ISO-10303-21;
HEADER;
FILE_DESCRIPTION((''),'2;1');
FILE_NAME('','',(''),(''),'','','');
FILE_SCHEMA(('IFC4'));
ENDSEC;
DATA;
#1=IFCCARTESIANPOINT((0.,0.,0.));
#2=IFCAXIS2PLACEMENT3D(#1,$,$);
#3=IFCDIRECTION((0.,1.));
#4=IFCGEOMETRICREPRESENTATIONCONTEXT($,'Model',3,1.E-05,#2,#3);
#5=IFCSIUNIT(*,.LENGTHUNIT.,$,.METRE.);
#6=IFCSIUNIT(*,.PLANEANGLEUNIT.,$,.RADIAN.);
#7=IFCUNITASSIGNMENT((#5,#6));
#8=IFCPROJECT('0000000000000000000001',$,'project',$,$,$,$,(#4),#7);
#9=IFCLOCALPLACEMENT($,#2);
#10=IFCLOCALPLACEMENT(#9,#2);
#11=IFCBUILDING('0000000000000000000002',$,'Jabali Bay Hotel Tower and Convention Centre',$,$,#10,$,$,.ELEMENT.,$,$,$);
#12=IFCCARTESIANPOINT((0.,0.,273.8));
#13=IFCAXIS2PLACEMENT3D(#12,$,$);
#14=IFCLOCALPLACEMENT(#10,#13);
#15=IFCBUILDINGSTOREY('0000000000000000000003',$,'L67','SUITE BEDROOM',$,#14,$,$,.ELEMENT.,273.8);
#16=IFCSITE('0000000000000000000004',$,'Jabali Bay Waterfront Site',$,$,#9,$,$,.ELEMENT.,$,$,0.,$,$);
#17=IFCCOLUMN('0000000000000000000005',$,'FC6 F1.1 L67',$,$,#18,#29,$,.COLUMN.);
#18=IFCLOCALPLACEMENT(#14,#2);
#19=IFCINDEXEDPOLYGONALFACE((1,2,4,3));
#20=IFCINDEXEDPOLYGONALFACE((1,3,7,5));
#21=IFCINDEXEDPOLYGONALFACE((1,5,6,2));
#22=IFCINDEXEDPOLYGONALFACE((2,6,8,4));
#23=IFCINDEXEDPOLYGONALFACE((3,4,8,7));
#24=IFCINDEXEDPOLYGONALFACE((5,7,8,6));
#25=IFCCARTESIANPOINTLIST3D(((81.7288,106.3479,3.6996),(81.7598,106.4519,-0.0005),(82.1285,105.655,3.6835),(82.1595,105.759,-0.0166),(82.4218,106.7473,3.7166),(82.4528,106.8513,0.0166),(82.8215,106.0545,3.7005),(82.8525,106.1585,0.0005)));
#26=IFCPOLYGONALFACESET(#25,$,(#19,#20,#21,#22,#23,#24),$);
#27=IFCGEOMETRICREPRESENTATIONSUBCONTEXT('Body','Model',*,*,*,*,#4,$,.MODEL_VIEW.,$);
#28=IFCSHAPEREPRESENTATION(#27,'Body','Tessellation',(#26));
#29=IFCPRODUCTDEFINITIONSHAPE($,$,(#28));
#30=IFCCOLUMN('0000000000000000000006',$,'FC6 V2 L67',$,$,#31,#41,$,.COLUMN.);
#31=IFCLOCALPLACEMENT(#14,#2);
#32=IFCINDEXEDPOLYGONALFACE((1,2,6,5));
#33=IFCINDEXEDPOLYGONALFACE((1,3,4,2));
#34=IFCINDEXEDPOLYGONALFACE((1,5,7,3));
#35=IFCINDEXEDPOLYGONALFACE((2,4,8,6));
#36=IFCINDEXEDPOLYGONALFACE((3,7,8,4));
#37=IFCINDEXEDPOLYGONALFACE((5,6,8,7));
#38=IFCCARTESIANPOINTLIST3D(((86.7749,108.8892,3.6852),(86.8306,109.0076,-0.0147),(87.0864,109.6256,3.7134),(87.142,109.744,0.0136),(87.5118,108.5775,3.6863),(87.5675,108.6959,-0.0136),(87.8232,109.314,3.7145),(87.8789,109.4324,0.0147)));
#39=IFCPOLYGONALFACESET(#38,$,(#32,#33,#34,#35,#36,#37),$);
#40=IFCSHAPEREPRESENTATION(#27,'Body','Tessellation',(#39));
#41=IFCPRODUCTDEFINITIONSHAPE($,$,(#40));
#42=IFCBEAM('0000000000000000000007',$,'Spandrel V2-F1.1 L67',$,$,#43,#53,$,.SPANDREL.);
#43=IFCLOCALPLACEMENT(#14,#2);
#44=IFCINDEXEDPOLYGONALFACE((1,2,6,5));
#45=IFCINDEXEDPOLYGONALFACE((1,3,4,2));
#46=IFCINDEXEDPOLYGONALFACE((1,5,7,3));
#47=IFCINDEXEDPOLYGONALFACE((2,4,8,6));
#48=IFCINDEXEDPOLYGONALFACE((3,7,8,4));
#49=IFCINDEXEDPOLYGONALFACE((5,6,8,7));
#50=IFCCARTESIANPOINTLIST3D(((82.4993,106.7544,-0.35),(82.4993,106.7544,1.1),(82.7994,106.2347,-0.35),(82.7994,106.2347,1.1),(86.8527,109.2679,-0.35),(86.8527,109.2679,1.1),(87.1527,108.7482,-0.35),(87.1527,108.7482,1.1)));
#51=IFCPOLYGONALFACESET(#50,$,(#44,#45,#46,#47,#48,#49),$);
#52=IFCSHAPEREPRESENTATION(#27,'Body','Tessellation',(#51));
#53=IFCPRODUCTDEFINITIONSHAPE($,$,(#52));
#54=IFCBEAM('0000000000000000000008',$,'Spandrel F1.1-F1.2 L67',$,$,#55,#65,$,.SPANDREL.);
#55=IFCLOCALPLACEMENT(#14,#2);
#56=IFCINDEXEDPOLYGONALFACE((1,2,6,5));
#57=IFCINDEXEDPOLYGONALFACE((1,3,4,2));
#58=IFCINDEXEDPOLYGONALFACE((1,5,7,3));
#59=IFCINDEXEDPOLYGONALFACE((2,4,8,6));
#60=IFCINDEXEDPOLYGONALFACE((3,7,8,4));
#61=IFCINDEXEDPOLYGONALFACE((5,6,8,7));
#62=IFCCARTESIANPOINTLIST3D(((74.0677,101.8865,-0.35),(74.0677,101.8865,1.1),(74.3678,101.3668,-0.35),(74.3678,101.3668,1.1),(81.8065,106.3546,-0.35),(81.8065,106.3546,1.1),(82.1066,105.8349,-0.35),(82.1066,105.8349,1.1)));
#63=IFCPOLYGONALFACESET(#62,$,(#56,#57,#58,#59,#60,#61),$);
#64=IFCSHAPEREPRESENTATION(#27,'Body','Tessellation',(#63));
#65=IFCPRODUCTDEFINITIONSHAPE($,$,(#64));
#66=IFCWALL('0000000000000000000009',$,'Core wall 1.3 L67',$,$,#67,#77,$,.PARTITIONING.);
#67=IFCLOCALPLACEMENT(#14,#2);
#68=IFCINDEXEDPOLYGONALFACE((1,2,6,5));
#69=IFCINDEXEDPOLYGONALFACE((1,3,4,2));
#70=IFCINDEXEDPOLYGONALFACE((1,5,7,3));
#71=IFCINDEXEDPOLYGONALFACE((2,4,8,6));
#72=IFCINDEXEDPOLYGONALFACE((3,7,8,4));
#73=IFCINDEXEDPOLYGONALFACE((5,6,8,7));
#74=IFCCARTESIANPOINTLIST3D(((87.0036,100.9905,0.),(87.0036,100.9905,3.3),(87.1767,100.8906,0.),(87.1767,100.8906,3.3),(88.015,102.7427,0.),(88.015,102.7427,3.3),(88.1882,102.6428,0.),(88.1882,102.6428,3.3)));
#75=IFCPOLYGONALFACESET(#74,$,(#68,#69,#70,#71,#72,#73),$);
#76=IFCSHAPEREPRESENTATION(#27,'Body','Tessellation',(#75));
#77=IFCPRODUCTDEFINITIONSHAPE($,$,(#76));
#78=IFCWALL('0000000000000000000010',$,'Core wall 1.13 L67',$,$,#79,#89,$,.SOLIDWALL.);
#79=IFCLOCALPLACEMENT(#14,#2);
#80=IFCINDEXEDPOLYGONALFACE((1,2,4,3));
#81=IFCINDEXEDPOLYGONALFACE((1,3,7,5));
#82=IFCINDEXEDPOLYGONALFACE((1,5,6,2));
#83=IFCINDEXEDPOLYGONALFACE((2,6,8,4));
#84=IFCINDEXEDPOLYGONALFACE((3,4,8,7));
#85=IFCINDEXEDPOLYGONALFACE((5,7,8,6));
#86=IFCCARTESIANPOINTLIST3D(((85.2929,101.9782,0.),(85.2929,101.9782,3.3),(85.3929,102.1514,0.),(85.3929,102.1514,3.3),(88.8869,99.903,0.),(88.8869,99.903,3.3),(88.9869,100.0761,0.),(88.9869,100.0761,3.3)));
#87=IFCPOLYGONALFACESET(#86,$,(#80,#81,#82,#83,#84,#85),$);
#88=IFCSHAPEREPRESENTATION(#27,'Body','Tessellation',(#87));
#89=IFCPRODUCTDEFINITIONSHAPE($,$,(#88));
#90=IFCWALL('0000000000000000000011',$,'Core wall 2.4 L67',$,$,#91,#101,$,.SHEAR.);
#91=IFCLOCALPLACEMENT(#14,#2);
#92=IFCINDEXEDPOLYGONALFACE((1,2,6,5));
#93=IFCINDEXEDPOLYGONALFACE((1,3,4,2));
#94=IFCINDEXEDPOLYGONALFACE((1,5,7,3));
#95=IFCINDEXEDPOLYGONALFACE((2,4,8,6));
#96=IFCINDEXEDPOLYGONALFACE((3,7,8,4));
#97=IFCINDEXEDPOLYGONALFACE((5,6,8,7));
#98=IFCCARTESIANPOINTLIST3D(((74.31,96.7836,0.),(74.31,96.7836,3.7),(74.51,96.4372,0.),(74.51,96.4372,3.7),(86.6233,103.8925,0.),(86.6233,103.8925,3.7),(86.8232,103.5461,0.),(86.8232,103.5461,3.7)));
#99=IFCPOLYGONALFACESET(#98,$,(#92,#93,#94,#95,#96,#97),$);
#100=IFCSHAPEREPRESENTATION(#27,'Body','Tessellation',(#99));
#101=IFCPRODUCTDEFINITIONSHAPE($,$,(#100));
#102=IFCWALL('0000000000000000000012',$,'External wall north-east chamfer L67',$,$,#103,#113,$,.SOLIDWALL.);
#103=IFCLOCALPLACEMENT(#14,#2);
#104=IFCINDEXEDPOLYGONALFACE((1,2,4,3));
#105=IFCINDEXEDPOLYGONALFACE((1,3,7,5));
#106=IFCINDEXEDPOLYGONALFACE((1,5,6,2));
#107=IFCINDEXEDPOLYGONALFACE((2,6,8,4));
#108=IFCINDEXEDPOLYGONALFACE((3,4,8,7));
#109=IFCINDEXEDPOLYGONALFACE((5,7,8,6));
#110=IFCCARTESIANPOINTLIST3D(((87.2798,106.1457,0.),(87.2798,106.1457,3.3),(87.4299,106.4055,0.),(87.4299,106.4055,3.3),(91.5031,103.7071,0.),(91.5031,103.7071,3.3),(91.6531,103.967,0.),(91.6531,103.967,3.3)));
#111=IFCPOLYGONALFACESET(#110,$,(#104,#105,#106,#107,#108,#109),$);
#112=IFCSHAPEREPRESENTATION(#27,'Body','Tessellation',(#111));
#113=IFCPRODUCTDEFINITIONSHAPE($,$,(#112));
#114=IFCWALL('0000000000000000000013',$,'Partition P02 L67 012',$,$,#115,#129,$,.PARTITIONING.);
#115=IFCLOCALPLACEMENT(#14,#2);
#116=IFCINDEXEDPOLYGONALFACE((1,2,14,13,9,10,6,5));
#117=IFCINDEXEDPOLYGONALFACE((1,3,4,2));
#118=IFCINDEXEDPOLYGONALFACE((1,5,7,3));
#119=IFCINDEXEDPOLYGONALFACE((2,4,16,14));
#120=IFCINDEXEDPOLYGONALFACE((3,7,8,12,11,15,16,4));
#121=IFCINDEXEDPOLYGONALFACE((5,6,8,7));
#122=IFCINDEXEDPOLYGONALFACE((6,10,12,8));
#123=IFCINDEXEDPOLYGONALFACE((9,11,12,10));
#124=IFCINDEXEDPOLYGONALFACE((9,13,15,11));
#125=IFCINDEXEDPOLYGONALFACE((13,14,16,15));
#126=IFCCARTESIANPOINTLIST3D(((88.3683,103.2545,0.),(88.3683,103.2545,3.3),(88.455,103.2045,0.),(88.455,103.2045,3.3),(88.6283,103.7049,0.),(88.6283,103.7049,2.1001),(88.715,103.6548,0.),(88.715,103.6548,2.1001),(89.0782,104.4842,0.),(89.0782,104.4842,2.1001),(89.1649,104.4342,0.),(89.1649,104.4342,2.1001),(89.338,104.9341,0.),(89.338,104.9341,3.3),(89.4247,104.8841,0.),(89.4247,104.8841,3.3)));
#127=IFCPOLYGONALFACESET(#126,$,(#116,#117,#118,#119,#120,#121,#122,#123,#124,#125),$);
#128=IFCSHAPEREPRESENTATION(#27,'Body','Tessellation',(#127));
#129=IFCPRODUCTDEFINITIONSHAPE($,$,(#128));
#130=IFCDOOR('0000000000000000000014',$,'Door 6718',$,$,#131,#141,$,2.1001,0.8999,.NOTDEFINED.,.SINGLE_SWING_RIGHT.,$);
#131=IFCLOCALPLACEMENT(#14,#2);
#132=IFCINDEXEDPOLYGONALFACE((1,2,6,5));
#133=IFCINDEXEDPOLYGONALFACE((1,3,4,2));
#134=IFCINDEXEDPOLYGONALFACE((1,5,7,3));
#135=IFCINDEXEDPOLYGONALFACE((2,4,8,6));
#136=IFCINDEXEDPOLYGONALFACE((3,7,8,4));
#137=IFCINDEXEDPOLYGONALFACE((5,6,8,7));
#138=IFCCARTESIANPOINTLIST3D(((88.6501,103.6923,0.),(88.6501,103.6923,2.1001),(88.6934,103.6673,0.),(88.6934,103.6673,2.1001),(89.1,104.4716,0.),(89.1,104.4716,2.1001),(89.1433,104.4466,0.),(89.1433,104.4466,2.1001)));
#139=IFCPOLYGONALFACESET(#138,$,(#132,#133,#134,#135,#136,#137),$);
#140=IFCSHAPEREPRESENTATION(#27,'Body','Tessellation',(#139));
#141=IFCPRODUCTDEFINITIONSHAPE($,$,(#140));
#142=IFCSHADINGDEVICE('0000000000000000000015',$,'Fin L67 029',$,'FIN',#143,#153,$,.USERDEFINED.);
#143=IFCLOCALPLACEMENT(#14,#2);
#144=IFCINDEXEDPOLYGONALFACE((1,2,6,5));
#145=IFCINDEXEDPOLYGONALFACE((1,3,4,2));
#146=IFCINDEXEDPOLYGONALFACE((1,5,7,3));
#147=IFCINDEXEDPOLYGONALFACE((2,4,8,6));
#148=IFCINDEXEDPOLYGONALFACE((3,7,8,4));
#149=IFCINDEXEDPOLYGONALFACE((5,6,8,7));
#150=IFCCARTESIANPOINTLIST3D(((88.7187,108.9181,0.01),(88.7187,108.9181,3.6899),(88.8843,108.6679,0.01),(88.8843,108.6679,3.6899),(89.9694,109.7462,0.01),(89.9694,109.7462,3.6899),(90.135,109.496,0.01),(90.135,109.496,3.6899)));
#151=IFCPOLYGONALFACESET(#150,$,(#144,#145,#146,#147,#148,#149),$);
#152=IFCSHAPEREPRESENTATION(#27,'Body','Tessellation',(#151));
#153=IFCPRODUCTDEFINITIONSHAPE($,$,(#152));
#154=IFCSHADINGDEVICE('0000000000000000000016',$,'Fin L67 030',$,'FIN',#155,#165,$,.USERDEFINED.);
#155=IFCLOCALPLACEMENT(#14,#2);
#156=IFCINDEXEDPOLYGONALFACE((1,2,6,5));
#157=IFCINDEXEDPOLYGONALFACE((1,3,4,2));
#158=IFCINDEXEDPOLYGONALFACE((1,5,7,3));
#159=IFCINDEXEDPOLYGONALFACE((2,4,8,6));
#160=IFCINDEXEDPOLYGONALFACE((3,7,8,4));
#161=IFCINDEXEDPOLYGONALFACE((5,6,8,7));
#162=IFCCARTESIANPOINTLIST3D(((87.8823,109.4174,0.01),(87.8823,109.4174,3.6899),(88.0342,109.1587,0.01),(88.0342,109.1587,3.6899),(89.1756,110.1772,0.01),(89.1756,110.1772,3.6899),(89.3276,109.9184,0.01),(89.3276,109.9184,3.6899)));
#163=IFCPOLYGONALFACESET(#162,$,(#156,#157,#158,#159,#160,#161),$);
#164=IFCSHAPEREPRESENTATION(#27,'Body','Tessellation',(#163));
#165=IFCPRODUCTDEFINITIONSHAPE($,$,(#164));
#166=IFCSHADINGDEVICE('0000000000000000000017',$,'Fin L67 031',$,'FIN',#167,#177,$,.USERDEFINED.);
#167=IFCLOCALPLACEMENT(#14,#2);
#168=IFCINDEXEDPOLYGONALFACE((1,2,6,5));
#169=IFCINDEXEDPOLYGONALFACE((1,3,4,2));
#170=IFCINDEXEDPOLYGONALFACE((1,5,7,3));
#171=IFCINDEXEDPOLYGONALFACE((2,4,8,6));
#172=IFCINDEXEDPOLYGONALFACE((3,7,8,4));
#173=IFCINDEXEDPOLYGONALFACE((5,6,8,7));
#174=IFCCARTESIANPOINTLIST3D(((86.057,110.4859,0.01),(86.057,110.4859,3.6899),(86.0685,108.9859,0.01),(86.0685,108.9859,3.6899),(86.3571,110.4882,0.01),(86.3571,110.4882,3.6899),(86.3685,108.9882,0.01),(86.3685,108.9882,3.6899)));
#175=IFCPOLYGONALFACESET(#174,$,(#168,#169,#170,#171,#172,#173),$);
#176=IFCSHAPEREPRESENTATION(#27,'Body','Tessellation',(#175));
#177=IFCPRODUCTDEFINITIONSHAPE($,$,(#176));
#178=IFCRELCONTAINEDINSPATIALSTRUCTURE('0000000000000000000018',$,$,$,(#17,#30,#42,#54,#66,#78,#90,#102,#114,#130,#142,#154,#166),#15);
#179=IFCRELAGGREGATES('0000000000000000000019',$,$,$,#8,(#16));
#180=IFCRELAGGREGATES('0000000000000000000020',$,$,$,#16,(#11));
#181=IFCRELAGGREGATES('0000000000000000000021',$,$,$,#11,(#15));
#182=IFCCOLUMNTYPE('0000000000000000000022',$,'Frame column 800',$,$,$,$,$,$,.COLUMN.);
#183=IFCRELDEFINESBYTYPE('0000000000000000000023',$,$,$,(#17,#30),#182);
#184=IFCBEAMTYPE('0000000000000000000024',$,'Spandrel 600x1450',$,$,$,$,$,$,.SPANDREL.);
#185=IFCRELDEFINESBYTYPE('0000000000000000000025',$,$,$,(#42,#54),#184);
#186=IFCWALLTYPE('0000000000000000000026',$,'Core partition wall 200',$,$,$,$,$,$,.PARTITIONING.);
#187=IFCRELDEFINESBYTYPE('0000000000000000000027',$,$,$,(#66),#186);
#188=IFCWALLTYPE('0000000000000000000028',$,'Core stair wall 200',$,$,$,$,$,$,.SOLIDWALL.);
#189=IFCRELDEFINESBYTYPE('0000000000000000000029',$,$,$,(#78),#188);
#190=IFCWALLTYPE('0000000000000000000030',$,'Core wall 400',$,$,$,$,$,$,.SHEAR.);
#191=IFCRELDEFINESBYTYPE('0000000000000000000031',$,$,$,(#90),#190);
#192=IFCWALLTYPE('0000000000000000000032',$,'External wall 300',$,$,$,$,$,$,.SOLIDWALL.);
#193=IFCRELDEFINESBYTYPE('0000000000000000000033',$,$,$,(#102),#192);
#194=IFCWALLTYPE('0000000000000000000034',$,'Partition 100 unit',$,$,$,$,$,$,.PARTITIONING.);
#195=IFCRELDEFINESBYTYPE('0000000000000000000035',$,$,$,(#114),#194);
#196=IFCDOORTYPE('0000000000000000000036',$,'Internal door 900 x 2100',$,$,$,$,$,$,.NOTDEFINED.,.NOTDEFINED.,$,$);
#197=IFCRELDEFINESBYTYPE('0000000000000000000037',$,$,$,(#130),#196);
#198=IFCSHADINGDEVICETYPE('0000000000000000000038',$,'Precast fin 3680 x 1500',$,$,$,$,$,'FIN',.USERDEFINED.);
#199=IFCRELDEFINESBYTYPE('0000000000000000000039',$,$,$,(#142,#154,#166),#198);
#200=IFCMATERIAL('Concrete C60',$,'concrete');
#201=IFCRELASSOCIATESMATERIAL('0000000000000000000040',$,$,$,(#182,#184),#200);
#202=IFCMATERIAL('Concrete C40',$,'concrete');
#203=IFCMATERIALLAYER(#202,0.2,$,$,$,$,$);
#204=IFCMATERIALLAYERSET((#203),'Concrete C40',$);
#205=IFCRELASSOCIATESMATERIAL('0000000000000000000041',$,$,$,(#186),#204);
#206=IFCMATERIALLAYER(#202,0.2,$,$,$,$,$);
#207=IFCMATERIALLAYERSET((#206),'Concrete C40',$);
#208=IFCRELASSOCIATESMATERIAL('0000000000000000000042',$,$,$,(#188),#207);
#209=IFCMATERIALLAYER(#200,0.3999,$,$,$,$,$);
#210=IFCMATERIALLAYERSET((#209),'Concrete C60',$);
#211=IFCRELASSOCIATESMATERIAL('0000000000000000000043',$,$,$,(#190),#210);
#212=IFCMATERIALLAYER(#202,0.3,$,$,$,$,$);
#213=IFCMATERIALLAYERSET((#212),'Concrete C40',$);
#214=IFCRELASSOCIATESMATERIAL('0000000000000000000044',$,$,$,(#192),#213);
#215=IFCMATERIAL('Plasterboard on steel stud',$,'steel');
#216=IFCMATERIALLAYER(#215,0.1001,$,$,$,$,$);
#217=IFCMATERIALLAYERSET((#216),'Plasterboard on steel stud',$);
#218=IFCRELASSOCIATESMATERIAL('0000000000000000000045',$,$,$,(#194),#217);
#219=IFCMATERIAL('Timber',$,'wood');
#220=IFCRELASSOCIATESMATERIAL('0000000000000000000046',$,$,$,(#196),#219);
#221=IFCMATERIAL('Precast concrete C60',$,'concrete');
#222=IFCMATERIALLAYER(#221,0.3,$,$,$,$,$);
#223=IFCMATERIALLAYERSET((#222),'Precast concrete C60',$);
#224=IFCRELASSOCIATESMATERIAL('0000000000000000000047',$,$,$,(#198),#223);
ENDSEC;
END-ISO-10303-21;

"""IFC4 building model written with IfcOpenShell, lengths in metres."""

from ifc_helpers import new_model, si_unit, direction, frame, frame_2d, origin, origin_2d, place, context, subcontext, project, spatial, rectangle, extrude, material, layer, layer_set, material_profile, profile_set, type_object, element, fill, save


model = new_model("IFC4")

# Units and contexts
model_context = context("Model", 3, precision=1e-05, world=origin(), true_north=direction((0.0, 1.0)))
body_context = subcontext(model_context, "Body", "Model", "MODEL_VIEW")
ifc_project = project(units=[si_unit("LENGTHUNIT", "METRE"), si_unit("PLANEANGLEUNIT", "RADIAN")], contexts=[model_context])

# Site, building, storey
site_placement = place(None, origin())
site = spatial("IfcSite", under=ifc_project, at=site_placement, Name="Jabali Bay Waterfront Site", CompositionType="ELEMENT", RefElevation=0.0)
building_placement = place(site_placement, origin())
building = spatial("IfcBuilding", under=site, at=building_placement, Name="Jabali Bay Hotel Tower and Convention Centre", CompositionType="ELEMENT")
storey_placement = place(building_placement, frame((0.0, 0.0, 273.8)))
storey = spatial("IfcBuildingStorey", under=building, at=storey_placement, Name="L67", Description="SUITE BEDROOM", CompositionType="ELEMENT", Elevation=273.8)

# Columns
ifc_material_1 = material(Name="Concrete C60", Category="concrete")
ifc_material_profile_1 = material_profile(ifc_material_1, rectangle(XDim=0.8, YDim=0.8, at=origin_2d()), Name="Frame column 800")
ifc_profile_set_1 = profile_set([ifc_material_profile_1], Name="Concrete C60")
column_type = type_object("IfcColumnType", Name="Frame column 800", PredefinedType="COLUMN", material=ifc_profile_set_1)
column_1_placement = place(storey_placement, frame((82.3062, 106.3052, 0.0), z_axis=(-0.008376, -0.028097, 0.99957), x_axis=(0.866172, 0.499293, 0.021293)))
element("IfcColumn", 1, at=column_1_placement, inside=storey, type_object=column_type, Name="FC6 F1.1 L67", PredefinedType="COLUMN", context=body_context, shape_type="SweptSolid", body=[
    extrude(rectangle(XDim=0.8, YDim=0.8, at=origin_2d()), origin(), (0.0, 0.0, 1.0), 3.7017),
])
column_2_placement = place(storey_placement, frame((87.3547, 109.22, 0.0), z_axis=(-0.015035, -0.031983, 0.999375), x_axis=(0.921014, -0.389527, 0.00139)))
element("IfcColumn", 2, at=column_2_placement, inside=storey, type_object=column_type, Name="FC6 V2 L67", PredefinedType="COLUMN", context=body_context, shape_type="SweptSolid", body=[
    extrude(rectangle(XDim=0.8, YDim=0.8, at=origin_2d()), origin(), (0.0, 0.0, 1.0), 3.7021),
])

# Beams
ifc_material_profile_2 = material_profile(ifc_material_1, rectangle(XDim=0.6001, YDim=1.45, at=origin_2d()), Name="Spandrel 600x1450")
ifc_profile_set_2 = profile_set([ifc_material_profile_2], Name="Concrete C60")
beam_type = type_object("IfcBeamType", Name="Spandrel 600x1450", PredefinedType="SPANDREL", material=ifc_profile_set_2)
beam_1_placement = place(storey_placement, frame((87.0027, 109.0081, 0.375), z_axis=(-0.86602, -0.50001, 0.0), x_axis=(0.50001, -0.86602, 0.0)))
element("IfcBeam", 3, at=beam_1_placement, inside=storey, type_object=beam_type, Name="Spandrel V2-F1.1 L67", PredefinedType="SPANDREL", context=body_context, shape_type="SweptSolid", body=[
    extrude(rectangle(XDim=0.6001, YDim=1.45, at=origin_2d()), origin(), (0.0, 0.0, 1.0), 5.0269),
])
beam_2_placement = place(storey_placement, frame((81.9565, 106.0947, 0.375), z_axis=(-0.866024, -0.500003, 0.0), x_axis=(0.500003, -0.866024, 0.0)))
element("IfcBeam", 4, at=beam_2_placement, inside=storey, type_object=beam_type, Name="Spandrel F1.1-F1.2 L67", PredefinedType="SPANDREL", context=body_context, shape_type="SweptSolid", body=[
    extrude(rectangle(XDim=0.6001, YDim=1.45, at=origin_2d()), origin(), (0.0, 0.0, 1.0), 8.936),
])

# Walls
ifc_material_2 = material(Name="Concrete C40", Category="concrete")
ifc_layer_1 = layer(ifc_material_2, 0.2)
ifc_layer_set_1 = layer_set([ifc_layer_1], Name="Concrete C40")
wall_type_1 = type_object("IfcWallType", Name="Core partition wall 200", PredefinedType="PARTITIONING", material=ifc_layer_set_1)
wall_1_placement = place(storey_placement, frame((87.0901, 100.9404, 0.0), z_axis=(0.0, 0.0, 1.0), x_axis=(0.499942, 0.866059, 0.0)))
element("IfcWall", 5, at=wall_1_placement, inside=storey, type_object=wall_type_1, Name="Core wall 1.3 L67", PredefinedType="PARTITIONING", context=body_context, shape_type="SweptSolid", body=[
    extrude(rectangle(XDim=2.0232, YDim=0.2, at=frame_2d((1.0117, 0.0))), origin(), (0.0, 0.0, 1.0), 3.3),
])
ifc_layer_2 = layer(ifc_material_2, 0.2)
ifc_layer_set_2 = layer_set([ifc_layer_2], Name="Concrete C40")
wall_type_2 = type_object("IfcWallType", Name="Core stair wall 200", PredefinedType="SOLIDWALL", material=ifc_layer_set_2)
wall_2_placement = place(storey_placement, frame((88.937, 99.9895, 0.0), z_axis=(0.0, 0.0, 1.0), x_axis=(-0.866004, 0.500036, 0.0)))
element("IfcWall", 6, at=wall_2_placement, inside=storey, type_object=wall_type_2, Name="Core wall 1.13 L67", PredefinedType="SOLIDWALL", context=body_context, shape_type="SweptSolid", body=[
    extrude(rectangle(XDim=4.1501, YDim=0.2, at=frame_2d((2.0752, 0.0))), origin(), (0.0, 0.0, 1.0), 3.3),
])
ifc_layer_3 = layer(ifc_material_1, 0.3999)
ifc_layer_set_3 = layer_set([ifc_layer_3], Name="Concrete C60")
wall_type_3 = type_object("IfcWallType", Name="Core wall 400", PredefinedType="SHEAR", material=ifc_layer_set_3)
wall_3_placement = place(storey_placement, frame((86.7231, 103.7192, 0.0), z_axis=(0.0, 0.0, 1.0), x_axis=(-0.86603, -0.499991, 0.0)))
element("IfcWall", 7, at=wall_3_placement, inside=storey, type_object=wall_type_3, Name="Core wall 2.4 L67", PredefinedType="SHEAR", context=body_context, shape_type="SweptSolid", body=[
    extrude(rectangle(XDim=14.218, YDim=0.3999, at=frame_2d((7.1089, 0.0))), origin(), (0.0, 0.0, 1.0), 3.7),
])
ifc_layer_4 = layer(ifc_material_2, 0.3)
ifc_layer_set_4 = layer_set([ifc_layer_4], Name="Concrete C40")
wall_type_4 = type_object("IfcWallType", Name="External wall 300", PredefinedType="SOLIDWALL", material=ifc_layer_set_4)
wall_4_placement = place(storey_placement, frame((87.3547, 106.2756, 0.0), z_axis=(0.0, 0.0, 1.0), x_axis=(0.866004, -0.500037, 0.0)))
element("IfcWall", 8, at=wall_4_placement, inside=storey, type_object=wall_type_4, Name="External wall north-east chamfer L67", PredefinedType="SOLIDWALL", context=body_context, shape_type="SweptSolid", body=[
    extrude(rectangle(XDim=4.8767, YDim=0.3, at=frame_2d((2.4385, 0.0))), origin(), (0.0, 0.0, 1.0), 3.3),
])

# Wall, opening, door
ifc_material_3 = material(Name="Plasterboard on steel stud", Category="steel")
ifc_layer_5 = layer(ifc_material_3, 0.1001)
ifc_layer_set_5 = layer_set([ifc_layer_5], Name="Plasterboard on steel stud")
wall_type_5 = type_object("IfcWallType", Name="Partition 100 unit", PredefinedType="PARTITIONING", material=ifc_layer_set_5)
wall_5_placement = place(storey_placement, frame((88.4116, 103.2295, 0.0), z_axis=(0.0, 0.0, 1.0), x_axis=(0.499984, 0.866035, 0.0)))
wall_5 = element("IfcWall", 9, at=wall_5_placement, inside=storey, type_object=wall_type_5, Name="Partition P02 L67 012", PredefinedType="PARTITIONING", context=body_context, shape_type="SweptSolid", body=[
    extrude(rectangle(XDim=1.9395, YDim=0.1001, at=frame_2d((0.9697, 0.0))), origin(), (0.0, 0.0, 1.0), 3.3),
])
opening_placement = place(wall_5_placement, frame((0.52, 0.0, 0.0)))
opening = element("IfcOpeningElement", 10, at=opening_placement, cuts=wall_5, PredefinedType="OPENING", context=body_context, shape_type="SweptSolid", body=[
    extrude(rectangle(XDim=0.8999, YDim=2.1001, at=frame_2d((0.45, 1.05))), frame((0.0, 0.0605, 0.0), z_axis=(0.0, -1.0, 0.0), x_axis=(1.0, 0.0, 0.0)), (0.0, 0.0, 1.0), 0.1211),
])
ifc_material_4 = material(Name="Timber", Category="wood")
door_type = type_object("IfcDoorType", Name="Internal door 900 x 2100", OperationType="NOTDEFINED", PredefinedType="NOTDEFINED", material=ifc_material_4)
door_placement = place(opening_placement, origin())
door = element("IfcDoor", 11, at=door_placement, inside=storey, type_object=door_type, Name="Door 6718", OperationType="SINGLE_SWING_RIGHT", OverallHeight=2.1001, OverallWidth=0.8999, PredefinedType="NOTDEFINED", context=body_context, shape_type="SweptSolid", body=[
    extrude(rectangle(XDim=0.8999, YDim=2.1001, at=frame_2d((0.45, 1.05))), frame((0.0, 0.0249, 0.0), z_axis=(0.0, -1.0, 0.0), x_axis=(1.0, 0.0, 0.0)), (0.0, 0.0, 1.0), 0.05),
])
fill(opening, door)

# Shading devices
ifc_material_5 = material(Name="Precast concrete C60", Category="concrete")
ifc_layer_6 = layer(ifc_material_5, 0.3)
ifc_layer_set_6 = layer_set([ifc_layer_6], Name="Precast concrete C60")
shading_device_type = type_object("IfcShadingDeviceType", Name="Precast fin 3680 x 1500", ElementType="FIN", PredefinedType="USERDEFINED", material=ifc_layer_set_6)
for number, where, z_axis, x_axis, name in (
    (12, (88.8015, 108.793, 0.01), (0.0, 0.0, 1.0), (0.833799, 0.552068, 0.0), "Fin L67 029"),
    (13, (87.9583, 109.2881, 0.01), (0.0, 0.0, 1.0), (0.862252, 0.506479, 0.0), "Fin L67 030"),
    (14, (86.2185, 108.9871, 0.01), (0.0, 0.0, 1.0), (-0.00765, 0.999971, 0.0), "Fin L67 031"),
):
    element("IfcShadingDevice", number, at=place(storey_placement, frame(where, z_axis=z_axis, x_axis=x_axis)), inside=storey, type_object=shading_device_type, Name=name, ObjectType="FIN", PredefinedType="USERDEFINED", context=body_context, shape_type="SweptSolid", body=[
        extrude(rectangle(XDim=1.5, YDim=0.3, at=frame_2d((0.75, 0.0))), origin(), (0.0, 0.0, 1.0), 3.6799),
    ])

save(model, "model.ifc")
